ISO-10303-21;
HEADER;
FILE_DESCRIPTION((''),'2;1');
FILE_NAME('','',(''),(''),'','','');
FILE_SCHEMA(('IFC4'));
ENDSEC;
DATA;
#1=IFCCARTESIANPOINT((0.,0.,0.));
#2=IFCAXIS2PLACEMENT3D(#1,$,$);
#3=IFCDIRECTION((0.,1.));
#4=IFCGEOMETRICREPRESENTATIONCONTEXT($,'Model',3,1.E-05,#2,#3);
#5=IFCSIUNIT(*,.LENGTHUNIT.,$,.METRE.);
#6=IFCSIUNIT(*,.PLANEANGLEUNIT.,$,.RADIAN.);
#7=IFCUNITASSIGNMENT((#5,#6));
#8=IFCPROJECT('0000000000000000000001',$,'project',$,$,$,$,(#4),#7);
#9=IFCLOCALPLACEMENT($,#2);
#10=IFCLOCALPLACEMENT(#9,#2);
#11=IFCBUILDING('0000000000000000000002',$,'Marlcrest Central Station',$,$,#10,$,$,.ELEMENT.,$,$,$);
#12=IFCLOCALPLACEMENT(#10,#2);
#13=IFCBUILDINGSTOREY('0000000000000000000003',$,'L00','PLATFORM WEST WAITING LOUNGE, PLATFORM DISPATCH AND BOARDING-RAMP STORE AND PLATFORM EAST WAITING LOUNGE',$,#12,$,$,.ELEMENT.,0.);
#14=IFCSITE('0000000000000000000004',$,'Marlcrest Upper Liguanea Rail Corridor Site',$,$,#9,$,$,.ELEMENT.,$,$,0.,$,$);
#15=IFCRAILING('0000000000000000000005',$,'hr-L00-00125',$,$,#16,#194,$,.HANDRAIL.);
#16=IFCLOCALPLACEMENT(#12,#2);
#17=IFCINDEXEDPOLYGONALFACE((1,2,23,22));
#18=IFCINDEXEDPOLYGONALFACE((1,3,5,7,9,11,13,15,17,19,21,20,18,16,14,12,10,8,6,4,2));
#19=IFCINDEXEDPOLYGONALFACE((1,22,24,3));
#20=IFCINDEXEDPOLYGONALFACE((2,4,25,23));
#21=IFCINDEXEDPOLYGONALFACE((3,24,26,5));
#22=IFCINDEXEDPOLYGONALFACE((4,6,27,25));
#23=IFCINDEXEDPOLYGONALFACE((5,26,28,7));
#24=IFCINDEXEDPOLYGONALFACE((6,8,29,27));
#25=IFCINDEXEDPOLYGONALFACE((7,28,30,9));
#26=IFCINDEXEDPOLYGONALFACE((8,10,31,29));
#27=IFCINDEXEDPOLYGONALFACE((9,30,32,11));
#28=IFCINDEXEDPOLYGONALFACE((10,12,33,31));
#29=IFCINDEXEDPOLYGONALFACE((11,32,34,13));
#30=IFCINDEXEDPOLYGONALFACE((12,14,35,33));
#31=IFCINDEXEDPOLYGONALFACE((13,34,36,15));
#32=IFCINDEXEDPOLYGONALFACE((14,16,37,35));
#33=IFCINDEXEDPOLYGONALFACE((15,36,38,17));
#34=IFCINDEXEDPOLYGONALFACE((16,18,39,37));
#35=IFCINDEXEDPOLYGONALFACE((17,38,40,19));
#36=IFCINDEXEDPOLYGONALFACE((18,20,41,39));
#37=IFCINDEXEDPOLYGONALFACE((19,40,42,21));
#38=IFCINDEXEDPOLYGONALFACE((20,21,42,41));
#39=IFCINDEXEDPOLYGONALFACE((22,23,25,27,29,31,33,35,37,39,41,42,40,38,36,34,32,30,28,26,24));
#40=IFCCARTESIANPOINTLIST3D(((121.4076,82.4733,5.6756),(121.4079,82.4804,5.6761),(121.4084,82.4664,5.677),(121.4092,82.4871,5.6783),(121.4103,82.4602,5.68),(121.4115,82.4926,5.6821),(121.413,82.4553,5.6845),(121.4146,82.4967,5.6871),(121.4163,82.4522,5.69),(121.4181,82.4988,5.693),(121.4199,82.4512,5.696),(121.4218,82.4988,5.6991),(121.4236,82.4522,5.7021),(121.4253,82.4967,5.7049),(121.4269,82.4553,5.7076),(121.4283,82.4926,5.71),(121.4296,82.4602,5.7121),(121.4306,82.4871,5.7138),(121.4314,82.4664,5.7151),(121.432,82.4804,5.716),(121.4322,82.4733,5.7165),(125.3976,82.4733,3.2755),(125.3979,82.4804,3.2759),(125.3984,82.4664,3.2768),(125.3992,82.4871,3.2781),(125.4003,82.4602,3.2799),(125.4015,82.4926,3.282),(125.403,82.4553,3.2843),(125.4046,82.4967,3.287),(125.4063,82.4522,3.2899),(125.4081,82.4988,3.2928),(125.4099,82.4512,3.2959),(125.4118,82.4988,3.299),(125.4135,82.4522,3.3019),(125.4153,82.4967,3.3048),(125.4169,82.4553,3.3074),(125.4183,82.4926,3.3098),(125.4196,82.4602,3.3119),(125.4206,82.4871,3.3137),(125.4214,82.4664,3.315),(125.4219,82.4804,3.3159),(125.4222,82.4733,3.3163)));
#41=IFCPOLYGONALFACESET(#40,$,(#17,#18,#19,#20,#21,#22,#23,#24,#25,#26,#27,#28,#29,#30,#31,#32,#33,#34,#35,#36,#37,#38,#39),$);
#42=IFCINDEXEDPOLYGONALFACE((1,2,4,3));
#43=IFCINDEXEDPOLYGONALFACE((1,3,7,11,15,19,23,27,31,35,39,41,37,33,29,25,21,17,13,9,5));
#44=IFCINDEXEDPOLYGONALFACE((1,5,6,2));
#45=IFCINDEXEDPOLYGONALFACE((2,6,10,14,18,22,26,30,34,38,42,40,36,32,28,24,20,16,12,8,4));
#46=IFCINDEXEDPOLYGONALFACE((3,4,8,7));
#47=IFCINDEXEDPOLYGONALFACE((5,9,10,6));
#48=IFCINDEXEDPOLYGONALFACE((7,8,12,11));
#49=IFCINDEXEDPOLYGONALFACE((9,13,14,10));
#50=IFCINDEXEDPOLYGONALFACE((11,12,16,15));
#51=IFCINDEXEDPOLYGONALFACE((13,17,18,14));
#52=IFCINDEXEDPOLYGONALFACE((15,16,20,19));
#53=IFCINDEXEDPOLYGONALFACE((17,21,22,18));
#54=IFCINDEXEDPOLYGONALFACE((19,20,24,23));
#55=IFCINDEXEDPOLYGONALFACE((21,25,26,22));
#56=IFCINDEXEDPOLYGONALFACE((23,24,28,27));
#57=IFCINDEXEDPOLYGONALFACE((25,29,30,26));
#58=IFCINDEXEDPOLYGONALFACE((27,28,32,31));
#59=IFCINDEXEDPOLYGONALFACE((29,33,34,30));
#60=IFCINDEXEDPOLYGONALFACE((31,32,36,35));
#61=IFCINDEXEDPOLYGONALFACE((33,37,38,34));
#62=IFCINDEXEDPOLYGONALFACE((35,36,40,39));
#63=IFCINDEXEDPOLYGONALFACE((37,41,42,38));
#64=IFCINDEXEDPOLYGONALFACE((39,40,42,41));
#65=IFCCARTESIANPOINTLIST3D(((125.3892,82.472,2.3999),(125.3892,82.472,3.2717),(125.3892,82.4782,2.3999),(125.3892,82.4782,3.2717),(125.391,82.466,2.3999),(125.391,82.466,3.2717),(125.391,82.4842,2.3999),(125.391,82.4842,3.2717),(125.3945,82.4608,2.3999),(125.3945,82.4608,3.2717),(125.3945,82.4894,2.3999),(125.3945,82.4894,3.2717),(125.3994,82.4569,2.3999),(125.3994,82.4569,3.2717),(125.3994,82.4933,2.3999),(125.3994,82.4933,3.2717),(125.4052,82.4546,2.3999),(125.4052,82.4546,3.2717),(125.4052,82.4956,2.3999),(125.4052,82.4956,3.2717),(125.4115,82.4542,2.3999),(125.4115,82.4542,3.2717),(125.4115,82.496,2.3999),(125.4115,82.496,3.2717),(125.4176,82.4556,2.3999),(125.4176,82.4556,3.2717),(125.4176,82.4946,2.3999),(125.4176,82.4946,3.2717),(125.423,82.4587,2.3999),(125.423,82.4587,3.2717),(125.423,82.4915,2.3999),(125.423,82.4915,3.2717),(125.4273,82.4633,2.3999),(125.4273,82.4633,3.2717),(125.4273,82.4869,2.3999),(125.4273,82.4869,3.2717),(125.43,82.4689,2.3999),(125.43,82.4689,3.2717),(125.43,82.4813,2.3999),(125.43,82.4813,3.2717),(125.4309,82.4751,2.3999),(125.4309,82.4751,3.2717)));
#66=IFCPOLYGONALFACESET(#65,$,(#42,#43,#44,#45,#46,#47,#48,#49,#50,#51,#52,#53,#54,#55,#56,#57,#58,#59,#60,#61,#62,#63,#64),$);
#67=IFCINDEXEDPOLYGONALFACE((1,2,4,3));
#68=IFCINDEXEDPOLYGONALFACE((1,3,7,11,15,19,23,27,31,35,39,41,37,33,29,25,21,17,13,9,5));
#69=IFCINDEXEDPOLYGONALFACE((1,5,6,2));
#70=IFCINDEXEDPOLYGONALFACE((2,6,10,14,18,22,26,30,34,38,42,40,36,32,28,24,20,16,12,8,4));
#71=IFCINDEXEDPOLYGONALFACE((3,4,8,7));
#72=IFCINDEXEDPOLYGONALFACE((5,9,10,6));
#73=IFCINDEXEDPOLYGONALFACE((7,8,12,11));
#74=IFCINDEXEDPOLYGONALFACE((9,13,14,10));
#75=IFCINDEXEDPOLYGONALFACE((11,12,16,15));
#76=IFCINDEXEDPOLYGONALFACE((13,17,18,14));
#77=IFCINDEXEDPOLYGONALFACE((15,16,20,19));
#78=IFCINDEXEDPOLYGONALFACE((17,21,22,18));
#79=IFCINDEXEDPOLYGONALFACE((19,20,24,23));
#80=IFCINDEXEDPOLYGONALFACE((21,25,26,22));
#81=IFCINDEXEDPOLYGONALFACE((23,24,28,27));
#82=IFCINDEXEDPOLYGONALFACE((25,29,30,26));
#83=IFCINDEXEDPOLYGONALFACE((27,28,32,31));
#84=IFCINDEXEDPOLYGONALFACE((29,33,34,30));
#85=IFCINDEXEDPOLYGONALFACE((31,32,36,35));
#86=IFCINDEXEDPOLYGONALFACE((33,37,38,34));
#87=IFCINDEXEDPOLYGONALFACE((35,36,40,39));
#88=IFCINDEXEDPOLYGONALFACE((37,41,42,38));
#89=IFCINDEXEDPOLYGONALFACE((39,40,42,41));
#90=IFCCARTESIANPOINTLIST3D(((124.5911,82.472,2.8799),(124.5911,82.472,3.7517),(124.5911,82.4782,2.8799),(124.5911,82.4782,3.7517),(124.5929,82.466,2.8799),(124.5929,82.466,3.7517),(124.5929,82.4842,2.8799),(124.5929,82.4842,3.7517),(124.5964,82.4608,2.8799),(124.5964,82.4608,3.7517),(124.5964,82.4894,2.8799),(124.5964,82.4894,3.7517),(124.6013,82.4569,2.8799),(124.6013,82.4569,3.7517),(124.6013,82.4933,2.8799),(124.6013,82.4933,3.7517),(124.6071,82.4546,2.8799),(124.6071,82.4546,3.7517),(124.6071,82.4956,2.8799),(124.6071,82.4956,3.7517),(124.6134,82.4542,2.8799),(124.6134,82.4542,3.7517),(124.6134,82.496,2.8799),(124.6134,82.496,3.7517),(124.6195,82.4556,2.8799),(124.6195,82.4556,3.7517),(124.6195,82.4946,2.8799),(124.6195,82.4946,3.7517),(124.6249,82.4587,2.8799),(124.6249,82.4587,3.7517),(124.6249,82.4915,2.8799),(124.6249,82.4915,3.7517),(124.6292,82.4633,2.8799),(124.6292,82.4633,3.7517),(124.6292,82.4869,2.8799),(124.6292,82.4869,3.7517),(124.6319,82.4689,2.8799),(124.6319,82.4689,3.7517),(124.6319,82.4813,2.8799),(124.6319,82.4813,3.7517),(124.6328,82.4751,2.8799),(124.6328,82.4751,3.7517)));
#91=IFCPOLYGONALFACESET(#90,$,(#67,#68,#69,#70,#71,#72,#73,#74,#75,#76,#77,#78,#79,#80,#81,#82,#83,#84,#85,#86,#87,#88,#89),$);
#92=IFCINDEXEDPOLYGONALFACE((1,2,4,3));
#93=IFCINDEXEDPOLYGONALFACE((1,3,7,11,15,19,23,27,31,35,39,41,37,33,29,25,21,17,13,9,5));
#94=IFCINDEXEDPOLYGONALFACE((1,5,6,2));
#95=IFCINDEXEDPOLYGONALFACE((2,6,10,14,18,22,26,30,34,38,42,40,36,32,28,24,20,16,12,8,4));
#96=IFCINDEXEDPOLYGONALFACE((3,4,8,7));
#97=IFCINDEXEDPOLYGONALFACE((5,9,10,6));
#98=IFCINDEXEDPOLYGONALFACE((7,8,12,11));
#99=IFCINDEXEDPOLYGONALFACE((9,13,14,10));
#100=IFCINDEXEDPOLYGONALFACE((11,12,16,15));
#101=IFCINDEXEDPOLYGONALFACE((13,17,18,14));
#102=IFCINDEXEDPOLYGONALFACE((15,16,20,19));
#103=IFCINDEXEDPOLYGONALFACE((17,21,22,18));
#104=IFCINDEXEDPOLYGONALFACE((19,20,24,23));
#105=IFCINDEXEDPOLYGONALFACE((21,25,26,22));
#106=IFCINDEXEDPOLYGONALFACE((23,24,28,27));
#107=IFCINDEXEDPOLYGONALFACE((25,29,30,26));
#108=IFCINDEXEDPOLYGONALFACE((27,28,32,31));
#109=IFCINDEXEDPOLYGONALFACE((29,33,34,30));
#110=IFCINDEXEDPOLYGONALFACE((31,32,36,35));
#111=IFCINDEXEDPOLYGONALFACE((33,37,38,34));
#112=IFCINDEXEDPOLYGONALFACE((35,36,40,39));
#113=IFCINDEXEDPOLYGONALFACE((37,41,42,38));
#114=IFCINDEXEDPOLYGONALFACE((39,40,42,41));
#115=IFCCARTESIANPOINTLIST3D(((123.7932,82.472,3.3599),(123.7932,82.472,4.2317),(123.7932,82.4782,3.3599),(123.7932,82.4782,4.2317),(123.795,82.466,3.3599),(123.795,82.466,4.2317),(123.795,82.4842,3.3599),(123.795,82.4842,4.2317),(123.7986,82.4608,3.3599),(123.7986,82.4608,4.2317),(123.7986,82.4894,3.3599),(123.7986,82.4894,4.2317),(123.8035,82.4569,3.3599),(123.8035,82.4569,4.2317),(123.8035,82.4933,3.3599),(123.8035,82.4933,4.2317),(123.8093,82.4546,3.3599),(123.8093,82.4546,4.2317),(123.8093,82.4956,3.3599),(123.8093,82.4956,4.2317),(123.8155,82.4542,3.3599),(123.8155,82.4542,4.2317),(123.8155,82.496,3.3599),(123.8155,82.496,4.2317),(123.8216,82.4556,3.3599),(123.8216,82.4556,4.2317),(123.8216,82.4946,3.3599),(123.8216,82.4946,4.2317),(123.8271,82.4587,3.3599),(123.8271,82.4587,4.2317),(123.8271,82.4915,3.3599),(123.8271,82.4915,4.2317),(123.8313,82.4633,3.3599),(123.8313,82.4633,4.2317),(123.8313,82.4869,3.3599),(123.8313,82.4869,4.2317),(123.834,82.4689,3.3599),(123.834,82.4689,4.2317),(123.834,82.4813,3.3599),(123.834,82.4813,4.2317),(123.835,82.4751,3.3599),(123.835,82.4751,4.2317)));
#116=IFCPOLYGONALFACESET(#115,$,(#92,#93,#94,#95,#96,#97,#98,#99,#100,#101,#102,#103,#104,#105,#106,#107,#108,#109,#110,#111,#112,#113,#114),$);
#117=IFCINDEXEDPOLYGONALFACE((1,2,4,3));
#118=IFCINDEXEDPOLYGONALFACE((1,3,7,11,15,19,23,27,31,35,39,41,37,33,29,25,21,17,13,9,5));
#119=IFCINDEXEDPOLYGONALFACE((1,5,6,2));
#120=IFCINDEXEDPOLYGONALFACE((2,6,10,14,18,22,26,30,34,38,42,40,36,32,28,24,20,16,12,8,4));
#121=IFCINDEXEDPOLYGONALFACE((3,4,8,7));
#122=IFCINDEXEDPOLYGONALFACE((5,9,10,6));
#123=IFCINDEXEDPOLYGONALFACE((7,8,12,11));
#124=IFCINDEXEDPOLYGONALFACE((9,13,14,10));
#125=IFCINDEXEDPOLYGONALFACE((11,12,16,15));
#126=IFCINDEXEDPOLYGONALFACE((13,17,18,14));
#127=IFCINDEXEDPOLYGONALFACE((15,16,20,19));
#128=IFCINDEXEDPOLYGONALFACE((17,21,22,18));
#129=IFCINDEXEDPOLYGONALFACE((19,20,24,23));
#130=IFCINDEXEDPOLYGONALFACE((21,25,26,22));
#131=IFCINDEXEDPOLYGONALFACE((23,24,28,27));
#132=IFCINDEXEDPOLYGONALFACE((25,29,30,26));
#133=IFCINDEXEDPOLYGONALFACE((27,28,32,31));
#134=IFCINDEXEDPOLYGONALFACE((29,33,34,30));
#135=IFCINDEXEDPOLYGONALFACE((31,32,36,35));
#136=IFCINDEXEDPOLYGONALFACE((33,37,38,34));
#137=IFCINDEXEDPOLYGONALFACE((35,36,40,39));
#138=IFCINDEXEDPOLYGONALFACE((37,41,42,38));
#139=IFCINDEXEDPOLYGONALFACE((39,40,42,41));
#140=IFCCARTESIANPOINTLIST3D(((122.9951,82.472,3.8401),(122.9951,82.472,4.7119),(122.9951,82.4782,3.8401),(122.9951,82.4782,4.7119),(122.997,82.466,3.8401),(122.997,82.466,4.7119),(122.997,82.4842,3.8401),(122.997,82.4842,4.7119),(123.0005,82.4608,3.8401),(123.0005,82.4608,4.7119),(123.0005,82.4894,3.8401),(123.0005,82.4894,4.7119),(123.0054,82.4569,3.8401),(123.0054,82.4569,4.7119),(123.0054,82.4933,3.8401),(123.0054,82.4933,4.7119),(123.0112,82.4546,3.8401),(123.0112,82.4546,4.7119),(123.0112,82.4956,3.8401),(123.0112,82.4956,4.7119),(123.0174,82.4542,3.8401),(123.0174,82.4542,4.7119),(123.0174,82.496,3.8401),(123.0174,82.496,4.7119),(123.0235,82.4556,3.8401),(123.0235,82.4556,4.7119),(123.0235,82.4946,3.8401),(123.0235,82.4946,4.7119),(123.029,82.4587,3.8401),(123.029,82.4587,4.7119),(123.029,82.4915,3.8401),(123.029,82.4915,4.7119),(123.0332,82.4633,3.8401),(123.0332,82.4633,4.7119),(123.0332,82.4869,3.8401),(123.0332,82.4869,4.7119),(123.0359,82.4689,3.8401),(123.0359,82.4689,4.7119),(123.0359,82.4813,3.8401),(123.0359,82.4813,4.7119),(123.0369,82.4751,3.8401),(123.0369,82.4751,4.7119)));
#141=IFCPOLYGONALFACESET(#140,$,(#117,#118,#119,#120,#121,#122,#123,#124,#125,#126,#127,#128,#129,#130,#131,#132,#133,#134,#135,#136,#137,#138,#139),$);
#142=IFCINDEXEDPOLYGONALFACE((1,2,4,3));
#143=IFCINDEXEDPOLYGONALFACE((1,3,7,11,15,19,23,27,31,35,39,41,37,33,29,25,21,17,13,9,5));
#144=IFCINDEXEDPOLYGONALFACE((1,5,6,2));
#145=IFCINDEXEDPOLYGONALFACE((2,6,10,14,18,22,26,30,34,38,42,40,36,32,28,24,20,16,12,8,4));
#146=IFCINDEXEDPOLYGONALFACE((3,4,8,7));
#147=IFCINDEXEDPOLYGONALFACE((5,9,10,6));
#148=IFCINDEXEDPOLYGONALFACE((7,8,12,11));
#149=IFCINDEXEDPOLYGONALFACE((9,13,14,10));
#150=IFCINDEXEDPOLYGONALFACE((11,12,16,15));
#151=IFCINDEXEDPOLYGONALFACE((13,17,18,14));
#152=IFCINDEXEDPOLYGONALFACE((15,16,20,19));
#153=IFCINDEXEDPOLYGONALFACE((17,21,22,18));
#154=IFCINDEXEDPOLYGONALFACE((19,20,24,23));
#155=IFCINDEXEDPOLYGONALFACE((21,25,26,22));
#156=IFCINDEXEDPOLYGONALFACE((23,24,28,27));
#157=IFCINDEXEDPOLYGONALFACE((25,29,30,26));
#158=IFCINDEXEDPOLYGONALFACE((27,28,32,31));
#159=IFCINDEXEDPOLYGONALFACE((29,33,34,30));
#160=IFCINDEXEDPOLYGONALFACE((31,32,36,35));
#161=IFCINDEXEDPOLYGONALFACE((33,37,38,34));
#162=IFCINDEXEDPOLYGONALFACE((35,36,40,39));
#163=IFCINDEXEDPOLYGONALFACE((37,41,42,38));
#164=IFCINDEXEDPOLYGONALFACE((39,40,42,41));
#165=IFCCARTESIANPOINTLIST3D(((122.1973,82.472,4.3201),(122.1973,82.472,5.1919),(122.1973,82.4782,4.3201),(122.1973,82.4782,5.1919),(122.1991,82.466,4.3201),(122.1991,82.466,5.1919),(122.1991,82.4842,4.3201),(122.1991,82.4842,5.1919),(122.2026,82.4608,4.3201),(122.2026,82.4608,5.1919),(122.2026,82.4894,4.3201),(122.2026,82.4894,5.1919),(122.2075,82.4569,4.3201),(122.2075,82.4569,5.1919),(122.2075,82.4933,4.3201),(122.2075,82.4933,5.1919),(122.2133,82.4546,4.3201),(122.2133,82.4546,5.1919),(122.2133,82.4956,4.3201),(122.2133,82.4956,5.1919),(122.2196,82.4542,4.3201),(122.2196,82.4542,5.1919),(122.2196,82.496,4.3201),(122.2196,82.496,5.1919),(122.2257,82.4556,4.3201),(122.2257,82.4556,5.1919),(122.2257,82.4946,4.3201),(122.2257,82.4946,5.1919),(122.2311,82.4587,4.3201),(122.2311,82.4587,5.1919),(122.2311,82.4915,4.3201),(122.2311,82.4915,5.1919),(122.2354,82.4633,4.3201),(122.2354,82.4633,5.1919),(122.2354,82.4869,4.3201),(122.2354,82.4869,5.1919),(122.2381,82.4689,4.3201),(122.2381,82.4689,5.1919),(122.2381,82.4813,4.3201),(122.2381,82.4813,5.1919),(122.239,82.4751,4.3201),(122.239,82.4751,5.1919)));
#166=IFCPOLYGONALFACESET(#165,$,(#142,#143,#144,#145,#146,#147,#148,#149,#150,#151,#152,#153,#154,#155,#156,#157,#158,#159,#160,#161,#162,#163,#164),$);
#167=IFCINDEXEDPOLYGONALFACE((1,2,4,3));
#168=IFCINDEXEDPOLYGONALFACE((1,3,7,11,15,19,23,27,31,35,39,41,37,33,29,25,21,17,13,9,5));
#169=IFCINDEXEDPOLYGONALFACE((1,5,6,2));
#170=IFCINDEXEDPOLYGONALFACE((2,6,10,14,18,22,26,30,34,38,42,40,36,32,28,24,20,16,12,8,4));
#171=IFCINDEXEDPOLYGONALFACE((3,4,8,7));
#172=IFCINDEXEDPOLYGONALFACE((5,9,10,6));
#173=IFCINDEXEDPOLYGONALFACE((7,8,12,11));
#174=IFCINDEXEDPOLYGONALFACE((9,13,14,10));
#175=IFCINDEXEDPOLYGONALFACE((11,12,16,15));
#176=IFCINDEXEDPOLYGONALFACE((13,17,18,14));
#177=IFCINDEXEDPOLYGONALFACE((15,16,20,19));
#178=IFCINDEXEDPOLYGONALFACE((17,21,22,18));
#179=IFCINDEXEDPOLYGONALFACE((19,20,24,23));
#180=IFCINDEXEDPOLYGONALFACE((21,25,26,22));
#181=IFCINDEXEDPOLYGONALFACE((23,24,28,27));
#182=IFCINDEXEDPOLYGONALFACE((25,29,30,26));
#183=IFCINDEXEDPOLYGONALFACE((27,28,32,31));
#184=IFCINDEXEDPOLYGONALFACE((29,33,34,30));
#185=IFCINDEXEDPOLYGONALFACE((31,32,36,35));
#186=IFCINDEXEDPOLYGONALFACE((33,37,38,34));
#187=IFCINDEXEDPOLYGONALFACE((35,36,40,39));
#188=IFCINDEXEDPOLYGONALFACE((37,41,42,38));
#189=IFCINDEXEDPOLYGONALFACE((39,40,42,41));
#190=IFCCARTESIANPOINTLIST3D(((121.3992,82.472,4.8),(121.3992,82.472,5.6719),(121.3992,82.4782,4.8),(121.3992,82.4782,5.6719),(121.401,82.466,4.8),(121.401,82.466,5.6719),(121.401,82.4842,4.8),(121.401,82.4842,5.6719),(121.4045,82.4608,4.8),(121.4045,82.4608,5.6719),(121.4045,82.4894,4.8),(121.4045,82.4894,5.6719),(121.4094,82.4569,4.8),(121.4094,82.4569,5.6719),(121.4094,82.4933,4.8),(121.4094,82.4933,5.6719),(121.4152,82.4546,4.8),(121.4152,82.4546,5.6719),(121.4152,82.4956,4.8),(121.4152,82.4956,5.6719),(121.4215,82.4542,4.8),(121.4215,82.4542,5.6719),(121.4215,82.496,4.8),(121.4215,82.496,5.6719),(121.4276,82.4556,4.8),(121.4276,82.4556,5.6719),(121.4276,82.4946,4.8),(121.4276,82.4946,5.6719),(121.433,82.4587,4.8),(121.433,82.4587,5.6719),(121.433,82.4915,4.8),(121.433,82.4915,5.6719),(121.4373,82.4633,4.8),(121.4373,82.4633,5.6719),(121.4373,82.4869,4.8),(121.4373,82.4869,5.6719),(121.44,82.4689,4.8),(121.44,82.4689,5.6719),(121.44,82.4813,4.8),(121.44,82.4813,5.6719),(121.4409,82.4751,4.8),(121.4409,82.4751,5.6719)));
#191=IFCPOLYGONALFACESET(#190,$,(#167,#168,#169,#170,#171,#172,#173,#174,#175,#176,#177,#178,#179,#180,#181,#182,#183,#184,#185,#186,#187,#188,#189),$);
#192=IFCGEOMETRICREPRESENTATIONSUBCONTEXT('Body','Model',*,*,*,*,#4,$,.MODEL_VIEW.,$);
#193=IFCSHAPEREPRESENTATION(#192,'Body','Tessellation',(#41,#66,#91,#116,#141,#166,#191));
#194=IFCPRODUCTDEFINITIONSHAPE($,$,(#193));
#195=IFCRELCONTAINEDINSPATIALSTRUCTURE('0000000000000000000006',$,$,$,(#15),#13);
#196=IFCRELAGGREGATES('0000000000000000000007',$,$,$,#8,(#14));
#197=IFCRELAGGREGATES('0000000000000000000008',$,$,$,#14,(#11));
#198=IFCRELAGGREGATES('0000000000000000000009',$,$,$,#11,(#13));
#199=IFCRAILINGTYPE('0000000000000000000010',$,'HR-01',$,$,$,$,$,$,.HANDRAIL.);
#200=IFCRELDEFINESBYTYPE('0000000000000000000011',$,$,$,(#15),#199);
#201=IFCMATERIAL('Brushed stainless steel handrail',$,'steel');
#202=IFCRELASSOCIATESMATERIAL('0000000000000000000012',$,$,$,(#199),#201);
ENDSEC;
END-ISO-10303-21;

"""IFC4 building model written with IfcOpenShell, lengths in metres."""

from ifc_helpers import new_model, si_unit, direction, frame, origin, origin_2d, place, context, subcontext, project, spatial, circle, extrude, material, type_object, element, save


model = new_model("IFC4")

# Units and contexts
model_context = context("Model", 3, precision=1e-05, world=origin(), true_north=direction((0.0, 1.0)))
body_context = subcontext(model_context, "Body", "Model", "MODEL_VIEW")
ifc_project = project(units=[si_unit("LENGTHUNIT", "METRE"), si_unit("PLANEANGLEUNIT", "RADIAN")], contexts=[model_context])

# Site, building, storey
site_placement = place(None, origin())
site = spatial("IfcSite", under=ifc_project, at=site_placement, Name="Marlcrest Upper Liguanea Rail Corridor Site", CompositionType="ELEMENT", RefElevation=0.0)
building_placement = place(site_placement, origin())
building = spatial("IfcBuilding", under=site, at=building_placement, Name="Marlcrest Central Station", CompositionType="ELEMENT")
storey_placement = place(building_placement, origin())
storey = spatial("IfcBuildingStorey", under=building, at=storey_placement, Name="L00", Description="PLATFORM WEST WAITING LOUNGE, PLATFORM DISPATCH AND BOARDING-RAMP STORE AND PLATFORM EAST WAITING LOUNGE", CompositionType="ELEMENT", Elevation=0.0)

# Railing
ifc_material_1 = material(Name="Brushed stainless steel handrail", Category="steel")
railing_type_1 = type_object("IfcRailingType", Name="HR-01", PredefinedType="HANDRAIL", material=ifc_material_1)
railing_1_placement = place(storey_placement, frame((125.4099, 82.4751, 2.3999)))
element("IfcRailing", 1, at=railing_1_placement, inside=storey, type_object=railing_type_1, Name="hr-L00-00125", PredefinedType="HANDRAIL", context=body_context, shape_type="SweptSolid", body=[
    extrude(circle(Radius=0.0239, at=origin_2d()), frame((0.0, 0.0, 0.896), z_axis=(-0.856909, 0.0, 0.515467), x_axis=(0.0, -1.0, 0.0)), (0.0, 0.0, 1.0), 4.6562),
    extrude(circle(Radius=0.021, at=origin_2d()), origin(), (0.0, 0.0, 1.0), 0.8718),
    extrude(circle(Radius=0.021, at=origin_2d()), frame((-0.7981, 0.0, 0.48)), (0.0, 0.0, 1.0), 0.8718),
    extrude(circle(Radius=0.021, at=origin_2d()), frame((-1.5959, 0.0, 0.96)), (0.0, 0.0, 1.0), 0.8718),
    extrude(circle(Radius=0.021, at=origin_2d()), frame((-2.394, 0.0, 1.4402)), (0.0, 0.0, 1.0), 0.8718),
    extrude(circle(Radius=0.021, at=origin_2d()), frame((-3.1919, 0.0, 1.9202)), (0.0, 0.0, 1.0), 0.8718),
    extrude(circle(Radius=0.021, at=origin_2d()), frame((-3.99, 0.0, 2.4001)), (0.0, 0.0, 1.0), 0.8718),
])

save(model, "model.ifc")
